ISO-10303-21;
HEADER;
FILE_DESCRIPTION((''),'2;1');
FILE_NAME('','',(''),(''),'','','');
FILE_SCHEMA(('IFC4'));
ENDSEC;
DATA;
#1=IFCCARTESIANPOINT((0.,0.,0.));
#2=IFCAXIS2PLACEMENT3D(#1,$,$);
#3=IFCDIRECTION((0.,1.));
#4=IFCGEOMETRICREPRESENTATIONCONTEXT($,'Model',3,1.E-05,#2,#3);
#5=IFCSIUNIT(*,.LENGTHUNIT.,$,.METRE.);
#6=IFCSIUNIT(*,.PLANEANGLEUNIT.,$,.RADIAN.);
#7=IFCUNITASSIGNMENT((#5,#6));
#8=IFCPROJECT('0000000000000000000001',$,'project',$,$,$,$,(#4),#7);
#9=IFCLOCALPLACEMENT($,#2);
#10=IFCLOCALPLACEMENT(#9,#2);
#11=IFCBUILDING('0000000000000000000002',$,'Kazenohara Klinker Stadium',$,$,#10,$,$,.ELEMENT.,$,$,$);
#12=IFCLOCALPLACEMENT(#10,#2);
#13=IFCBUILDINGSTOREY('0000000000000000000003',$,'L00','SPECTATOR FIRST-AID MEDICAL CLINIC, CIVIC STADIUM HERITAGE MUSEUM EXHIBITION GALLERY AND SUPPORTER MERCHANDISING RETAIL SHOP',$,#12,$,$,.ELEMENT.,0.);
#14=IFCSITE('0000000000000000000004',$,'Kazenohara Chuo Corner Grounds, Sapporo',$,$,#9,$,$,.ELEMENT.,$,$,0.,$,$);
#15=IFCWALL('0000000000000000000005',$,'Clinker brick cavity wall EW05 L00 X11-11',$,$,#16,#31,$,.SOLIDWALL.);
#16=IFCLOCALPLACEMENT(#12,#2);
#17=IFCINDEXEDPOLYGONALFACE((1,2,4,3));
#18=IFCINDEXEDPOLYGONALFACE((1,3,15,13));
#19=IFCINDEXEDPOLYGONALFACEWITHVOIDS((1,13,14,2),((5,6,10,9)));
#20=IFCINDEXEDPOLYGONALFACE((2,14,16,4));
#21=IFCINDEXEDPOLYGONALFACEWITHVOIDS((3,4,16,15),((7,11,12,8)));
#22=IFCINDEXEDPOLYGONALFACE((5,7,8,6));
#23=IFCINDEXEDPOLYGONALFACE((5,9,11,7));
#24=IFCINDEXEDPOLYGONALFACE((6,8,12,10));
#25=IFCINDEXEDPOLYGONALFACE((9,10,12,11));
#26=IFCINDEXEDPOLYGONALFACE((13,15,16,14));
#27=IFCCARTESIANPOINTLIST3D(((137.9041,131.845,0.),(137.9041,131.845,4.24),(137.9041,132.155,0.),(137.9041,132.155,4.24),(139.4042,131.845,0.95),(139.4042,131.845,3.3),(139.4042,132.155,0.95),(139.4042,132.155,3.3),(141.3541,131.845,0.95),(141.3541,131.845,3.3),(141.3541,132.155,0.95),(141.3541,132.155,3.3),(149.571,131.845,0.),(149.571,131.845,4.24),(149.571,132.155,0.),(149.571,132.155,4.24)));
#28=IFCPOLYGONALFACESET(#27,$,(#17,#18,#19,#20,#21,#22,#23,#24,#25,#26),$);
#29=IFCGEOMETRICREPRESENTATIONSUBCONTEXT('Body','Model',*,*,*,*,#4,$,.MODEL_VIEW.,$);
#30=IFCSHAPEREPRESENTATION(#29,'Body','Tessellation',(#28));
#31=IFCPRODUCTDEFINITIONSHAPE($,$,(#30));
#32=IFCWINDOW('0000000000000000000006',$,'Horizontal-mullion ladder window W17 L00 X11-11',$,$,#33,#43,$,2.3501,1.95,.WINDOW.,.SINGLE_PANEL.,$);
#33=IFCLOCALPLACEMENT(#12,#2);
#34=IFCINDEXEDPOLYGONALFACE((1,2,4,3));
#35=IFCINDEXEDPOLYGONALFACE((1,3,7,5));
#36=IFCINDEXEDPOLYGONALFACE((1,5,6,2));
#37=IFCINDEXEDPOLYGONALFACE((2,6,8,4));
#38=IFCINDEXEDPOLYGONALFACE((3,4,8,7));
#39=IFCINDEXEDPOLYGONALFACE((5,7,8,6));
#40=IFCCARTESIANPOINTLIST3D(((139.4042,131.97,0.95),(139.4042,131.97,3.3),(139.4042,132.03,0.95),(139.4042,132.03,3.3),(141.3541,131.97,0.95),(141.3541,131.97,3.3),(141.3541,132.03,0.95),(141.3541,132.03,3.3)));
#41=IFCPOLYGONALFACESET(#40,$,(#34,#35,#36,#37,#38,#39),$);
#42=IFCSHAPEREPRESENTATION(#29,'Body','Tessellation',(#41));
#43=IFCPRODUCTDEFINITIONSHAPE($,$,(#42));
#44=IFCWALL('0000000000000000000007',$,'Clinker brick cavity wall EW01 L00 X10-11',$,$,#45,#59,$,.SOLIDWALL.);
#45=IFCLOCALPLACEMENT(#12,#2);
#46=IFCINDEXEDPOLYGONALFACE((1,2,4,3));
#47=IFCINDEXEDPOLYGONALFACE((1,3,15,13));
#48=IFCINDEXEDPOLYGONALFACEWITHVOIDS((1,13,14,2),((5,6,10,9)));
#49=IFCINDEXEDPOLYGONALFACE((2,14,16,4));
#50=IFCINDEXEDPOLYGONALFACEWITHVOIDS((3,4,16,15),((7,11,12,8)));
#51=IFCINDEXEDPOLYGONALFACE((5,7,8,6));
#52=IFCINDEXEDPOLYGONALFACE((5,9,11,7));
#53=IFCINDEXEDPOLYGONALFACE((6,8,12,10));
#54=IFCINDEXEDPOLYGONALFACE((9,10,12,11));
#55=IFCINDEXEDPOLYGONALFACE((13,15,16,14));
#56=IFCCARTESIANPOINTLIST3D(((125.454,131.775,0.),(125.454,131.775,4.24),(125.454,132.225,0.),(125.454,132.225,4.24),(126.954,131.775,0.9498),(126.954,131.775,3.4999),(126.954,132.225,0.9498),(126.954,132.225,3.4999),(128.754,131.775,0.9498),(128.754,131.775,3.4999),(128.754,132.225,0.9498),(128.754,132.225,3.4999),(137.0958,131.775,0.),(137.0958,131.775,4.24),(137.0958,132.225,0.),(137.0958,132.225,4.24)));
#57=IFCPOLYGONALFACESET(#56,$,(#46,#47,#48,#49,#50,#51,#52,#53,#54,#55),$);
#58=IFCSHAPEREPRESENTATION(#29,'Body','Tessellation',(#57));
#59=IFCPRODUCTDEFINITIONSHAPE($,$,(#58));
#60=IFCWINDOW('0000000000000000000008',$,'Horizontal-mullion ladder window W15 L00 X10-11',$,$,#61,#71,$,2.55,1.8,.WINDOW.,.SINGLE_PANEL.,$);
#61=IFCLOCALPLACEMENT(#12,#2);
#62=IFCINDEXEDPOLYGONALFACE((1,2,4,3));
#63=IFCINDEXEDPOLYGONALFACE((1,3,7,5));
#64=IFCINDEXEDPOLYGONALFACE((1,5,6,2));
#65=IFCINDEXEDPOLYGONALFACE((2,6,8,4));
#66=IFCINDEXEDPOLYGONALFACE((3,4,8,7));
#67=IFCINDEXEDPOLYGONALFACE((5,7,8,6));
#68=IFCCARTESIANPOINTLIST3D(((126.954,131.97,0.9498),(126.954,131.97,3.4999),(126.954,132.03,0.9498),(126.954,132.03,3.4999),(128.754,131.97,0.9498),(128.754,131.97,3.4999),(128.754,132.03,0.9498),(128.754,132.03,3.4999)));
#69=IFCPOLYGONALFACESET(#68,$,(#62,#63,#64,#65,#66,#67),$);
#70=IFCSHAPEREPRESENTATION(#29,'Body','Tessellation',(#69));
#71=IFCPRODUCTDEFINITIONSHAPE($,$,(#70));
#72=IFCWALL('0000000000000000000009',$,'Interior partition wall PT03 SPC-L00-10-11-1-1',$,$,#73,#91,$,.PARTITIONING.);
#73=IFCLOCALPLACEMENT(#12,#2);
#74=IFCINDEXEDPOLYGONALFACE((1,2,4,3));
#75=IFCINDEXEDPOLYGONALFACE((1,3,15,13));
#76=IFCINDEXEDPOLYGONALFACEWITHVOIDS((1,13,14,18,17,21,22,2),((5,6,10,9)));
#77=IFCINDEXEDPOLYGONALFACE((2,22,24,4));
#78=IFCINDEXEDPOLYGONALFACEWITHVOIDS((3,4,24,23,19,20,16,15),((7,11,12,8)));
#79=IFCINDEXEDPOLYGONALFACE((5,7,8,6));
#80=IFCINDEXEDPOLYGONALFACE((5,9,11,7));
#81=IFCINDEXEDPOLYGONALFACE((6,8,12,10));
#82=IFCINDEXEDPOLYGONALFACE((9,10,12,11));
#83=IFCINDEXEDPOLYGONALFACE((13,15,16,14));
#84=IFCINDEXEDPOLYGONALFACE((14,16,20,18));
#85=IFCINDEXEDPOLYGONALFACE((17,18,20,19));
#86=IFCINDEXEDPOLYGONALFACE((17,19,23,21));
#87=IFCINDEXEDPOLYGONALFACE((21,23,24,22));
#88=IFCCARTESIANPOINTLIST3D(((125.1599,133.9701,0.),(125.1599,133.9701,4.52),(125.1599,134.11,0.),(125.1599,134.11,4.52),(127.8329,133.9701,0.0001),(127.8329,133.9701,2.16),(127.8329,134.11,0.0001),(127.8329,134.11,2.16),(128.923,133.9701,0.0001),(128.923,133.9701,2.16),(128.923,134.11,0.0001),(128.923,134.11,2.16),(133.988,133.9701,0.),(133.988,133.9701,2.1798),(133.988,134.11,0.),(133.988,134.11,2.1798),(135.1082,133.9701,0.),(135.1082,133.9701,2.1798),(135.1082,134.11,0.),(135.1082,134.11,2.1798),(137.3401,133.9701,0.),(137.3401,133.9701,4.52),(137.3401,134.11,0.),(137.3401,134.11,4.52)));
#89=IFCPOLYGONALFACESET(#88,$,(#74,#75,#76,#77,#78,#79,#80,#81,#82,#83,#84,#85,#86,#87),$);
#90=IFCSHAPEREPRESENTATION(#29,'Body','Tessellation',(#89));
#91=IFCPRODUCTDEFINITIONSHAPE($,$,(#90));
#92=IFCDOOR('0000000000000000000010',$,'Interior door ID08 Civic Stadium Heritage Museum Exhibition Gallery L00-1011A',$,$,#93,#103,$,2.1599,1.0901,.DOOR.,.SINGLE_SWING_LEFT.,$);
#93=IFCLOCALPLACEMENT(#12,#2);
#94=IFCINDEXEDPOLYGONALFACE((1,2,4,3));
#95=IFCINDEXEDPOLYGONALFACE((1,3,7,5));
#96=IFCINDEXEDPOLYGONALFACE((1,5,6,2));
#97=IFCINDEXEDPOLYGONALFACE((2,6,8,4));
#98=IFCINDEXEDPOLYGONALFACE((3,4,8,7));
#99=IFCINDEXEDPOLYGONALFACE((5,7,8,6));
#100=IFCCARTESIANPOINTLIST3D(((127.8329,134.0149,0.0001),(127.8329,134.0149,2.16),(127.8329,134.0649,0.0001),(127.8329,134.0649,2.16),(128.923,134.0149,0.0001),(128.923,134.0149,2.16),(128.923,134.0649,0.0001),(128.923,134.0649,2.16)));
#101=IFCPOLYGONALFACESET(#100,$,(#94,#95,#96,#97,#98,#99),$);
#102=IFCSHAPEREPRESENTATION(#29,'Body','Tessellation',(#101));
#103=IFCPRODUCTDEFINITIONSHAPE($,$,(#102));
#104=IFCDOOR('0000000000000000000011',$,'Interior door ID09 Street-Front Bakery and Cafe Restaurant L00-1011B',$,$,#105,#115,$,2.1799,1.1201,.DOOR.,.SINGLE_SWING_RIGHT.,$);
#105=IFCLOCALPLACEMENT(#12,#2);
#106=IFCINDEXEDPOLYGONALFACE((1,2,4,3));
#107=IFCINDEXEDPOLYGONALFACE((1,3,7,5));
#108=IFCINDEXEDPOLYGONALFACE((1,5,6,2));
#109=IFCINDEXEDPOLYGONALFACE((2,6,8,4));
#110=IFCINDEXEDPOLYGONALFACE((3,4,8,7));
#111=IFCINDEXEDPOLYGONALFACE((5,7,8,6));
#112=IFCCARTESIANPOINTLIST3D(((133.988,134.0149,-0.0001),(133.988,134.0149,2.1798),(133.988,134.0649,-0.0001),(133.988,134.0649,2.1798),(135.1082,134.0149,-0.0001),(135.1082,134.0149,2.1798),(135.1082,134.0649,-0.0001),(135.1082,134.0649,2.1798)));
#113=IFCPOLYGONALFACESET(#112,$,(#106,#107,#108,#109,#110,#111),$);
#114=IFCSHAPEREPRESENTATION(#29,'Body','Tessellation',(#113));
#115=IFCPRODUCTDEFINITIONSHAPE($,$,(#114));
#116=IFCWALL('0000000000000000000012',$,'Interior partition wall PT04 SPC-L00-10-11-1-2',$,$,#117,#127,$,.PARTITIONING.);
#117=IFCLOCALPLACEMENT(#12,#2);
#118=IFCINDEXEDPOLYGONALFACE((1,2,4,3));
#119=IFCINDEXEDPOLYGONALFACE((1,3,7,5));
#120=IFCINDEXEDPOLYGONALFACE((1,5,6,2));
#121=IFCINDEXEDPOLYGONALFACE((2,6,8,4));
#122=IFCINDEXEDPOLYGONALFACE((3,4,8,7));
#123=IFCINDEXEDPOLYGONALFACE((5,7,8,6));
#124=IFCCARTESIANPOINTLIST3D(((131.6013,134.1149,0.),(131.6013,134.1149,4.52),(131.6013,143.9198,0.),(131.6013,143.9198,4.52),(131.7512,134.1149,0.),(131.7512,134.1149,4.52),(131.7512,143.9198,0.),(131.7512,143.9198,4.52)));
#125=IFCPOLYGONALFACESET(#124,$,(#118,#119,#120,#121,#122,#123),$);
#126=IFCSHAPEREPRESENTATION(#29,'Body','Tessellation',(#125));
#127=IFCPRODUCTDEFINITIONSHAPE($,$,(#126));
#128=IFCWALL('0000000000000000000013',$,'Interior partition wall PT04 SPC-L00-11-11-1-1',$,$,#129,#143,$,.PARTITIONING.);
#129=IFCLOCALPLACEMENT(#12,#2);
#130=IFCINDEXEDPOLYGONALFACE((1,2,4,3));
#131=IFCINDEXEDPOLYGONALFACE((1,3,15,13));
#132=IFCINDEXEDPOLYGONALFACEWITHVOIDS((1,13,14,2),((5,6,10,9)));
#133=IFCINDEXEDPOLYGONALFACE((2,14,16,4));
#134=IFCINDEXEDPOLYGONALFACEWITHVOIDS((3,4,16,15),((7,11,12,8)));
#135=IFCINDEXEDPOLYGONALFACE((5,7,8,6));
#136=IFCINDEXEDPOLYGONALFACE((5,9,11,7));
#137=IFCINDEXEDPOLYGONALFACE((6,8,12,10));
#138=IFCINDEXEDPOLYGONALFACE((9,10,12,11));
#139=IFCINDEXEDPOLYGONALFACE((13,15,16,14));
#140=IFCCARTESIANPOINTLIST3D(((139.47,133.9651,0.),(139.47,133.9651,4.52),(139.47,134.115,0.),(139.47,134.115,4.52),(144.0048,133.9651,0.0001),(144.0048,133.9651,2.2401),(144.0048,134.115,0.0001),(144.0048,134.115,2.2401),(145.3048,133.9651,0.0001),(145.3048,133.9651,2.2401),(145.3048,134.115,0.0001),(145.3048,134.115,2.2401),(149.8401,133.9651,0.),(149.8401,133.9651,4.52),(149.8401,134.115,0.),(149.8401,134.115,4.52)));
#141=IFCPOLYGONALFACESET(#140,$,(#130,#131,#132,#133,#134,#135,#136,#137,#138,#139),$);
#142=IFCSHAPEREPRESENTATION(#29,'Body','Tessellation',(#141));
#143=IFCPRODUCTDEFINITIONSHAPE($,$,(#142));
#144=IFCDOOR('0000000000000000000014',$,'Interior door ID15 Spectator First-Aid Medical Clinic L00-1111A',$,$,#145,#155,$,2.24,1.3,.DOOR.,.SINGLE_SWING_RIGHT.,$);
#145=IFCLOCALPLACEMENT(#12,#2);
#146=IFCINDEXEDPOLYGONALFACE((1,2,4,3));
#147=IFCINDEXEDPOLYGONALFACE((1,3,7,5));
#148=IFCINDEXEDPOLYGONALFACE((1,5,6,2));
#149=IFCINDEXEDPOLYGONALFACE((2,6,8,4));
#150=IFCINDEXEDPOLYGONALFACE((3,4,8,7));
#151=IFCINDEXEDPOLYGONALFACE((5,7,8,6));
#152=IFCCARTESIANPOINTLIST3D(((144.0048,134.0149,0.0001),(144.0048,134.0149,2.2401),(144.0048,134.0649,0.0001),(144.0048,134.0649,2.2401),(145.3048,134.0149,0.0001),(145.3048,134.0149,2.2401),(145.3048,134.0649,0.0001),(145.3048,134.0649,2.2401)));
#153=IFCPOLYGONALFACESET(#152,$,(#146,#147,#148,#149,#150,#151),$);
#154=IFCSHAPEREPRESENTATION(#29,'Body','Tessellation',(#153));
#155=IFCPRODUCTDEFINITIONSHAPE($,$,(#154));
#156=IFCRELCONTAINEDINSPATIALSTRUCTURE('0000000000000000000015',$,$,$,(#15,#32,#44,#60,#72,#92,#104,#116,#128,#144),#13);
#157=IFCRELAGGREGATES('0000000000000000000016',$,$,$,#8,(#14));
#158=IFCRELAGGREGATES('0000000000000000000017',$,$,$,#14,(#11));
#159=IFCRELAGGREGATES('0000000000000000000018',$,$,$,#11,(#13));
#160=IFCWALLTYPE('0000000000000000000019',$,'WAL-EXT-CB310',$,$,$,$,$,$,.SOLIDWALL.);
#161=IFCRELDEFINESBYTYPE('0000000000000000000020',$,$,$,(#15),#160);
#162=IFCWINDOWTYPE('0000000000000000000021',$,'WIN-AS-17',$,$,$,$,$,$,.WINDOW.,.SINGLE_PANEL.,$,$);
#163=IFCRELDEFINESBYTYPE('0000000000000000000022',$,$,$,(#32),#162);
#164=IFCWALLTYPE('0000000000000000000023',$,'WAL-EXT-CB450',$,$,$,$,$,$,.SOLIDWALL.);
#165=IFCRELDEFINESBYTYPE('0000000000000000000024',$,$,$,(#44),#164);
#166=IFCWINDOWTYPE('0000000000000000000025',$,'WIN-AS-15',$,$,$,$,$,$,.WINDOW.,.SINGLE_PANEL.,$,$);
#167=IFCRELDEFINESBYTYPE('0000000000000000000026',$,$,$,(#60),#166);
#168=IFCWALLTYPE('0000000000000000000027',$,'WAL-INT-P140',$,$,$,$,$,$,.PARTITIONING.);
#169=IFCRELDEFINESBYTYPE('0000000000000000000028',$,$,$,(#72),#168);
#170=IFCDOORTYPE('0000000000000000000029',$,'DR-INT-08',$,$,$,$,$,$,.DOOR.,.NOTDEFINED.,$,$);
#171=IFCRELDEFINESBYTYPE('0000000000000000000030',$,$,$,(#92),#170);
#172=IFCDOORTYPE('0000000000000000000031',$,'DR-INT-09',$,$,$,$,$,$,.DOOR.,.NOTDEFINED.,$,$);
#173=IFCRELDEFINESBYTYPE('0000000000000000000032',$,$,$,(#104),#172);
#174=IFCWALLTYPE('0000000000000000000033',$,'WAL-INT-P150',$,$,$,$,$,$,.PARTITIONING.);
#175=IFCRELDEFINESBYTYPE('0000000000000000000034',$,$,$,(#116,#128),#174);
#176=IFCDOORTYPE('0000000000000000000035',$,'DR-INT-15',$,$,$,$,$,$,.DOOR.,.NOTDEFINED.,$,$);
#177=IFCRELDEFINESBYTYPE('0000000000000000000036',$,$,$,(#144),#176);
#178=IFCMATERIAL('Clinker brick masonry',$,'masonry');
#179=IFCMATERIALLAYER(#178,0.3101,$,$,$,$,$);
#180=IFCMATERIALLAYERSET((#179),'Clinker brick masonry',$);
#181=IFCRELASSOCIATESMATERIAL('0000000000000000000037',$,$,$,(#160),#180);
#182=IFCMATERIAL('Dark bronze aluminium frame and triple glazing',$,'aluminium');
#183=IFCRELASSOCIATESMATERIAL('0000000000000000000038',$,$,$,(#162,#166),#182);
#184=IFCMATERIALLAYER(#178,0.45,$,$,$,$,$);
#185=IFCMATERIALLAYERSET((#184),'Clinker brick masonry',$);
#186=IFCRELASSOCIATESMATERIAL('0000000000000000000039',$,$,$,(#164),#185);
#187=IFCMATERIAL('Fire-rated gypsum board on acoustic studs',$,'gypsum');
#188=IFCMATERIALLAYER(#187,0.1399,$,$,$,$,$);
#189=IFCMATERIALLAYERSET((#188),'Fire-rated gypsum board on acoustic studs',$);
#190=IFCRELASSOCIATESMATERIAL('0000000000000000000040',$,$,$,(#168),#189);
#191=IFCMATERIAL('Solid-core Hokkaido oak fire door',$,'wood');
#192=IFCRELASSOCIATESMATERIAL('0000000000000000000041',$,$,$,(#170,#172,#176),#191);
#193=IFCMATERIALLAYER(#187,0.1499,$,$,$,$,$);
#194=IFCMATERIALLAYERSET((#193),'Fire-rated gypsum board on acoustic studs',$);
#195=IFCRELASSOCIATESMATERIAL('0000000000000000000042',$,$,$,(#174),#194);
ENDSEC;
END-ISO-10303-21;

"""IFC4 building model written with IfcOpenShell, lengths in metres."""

from ifc_helpers import new_model, si_unit, direction, frame, frame_2d, origin, place, context, subcontext, project, spatial, rectangle, extrude, material, layer, layer_set, type_object, element, fill, save


model = new_model("IFC4")

# Units and contexts
model_context = context("Model", 3, precision=1e-05, world=origin(), true_north=direction((0.0, 1.0)))
body_context = subcontext(model_context, "Body", "Model", "MODEL_VIEW")
ifc_project = project(units=[si_unit("LENGTHUNIT", "METRE"), si_unit("PLANEANGLEUNIT", "RADIAN")], contexts=[model_context])

# Site, building, storey
site_placement = place(None, origin())
site = spatial("IfcSite", under=ifc_project, at=site_placement, Name="Kazenohara Chuo Corner Grounds, Sapporo", CompositionType="ELEMENT", RefElevation=0.0)
building_placement = place(site_placement, origin())
building = spatial("IfcBuilding", under=site, at=building_placement, Name="Kazenohara Klinker Stadium", CompositionType="ELEMENT")
storey_placement = place(building_placement, origin())
storey = spatial("IfcBuildingStorey", under=building, at=storey_placement, Name="L00", Description="SPECTATOR FIRST-AID MEDICAL CLINIC, CIVIC STADIUM HERITAGE MUSEUM EXHIBITION GALLERY AND SUPPORTER MERCHANDISING RETAIL SHOP", CompositionType="ELEMENT", Elevation=0.0)

# Walls, openings, windows
ifc_material_1 = material(Name="Clinker brick masonry", Category="masonry")
ifc_layer_1 = layer(ifc_material_1, 0.3101)
ifc_layer_set_1 = layer_set([ifc_layer_1], Name="Clinker brick masonry")
wall_type_1 = type_object("IfcWallType", Name="WAL-EXT-CB310", PredefinedType="SOLIDWALL", material=ifc_layer_set_1)
wall_1_placement = place(storey_placement, frame((137.9041, 132.0, 0.0), z_axis=(0.0, 0.0, 1.0), x_axis=(1.0, 0.0, 0.0)))
wall_1 = element("IfcWall", 1, at=wall_1_placement, inside=storey, type_object=wall_type_1, Name="Clinker brick cavity wall EW05 L00 X11-11", PredefinedType="SOLIDWALL", context=body_context, shape_type="SweptSolid", body=[
    extrude(rectangle(XDim=11.667, YDim=0.3101, at=frame_2d((5.8335, 0.0))), origin(), (0.0, 0.0, 1.0), 4.24),
])
opening_1_placement = place(wall_1_placement, frame((1.5, 0.0, 0.95)))
opening_1 = element("IfcOpeningElement", 2, at=opening_1_placement, cuts=wall_1, PredefinedType="OPENING", context=body_context, shape_type="SweptSolid", body=[
    extrude(rectangle(XDim=1.95, YDim=2.3501, at=frame_2d((0.9751, 1.175))), frame((0.0, 0.165, 0.0), z_axis=(0.0, -1.0, 0.0), x_axis=(1.0, 0.0, 0.0)), (0.0, 0.0, 1.0), 0.3301),
])
ifc_material_2 = material(Name="Dark bronze aluminium frame and triple glazing", Category="aluminium")
window_type_1 = type_object("IfcWindowType", Name="WIN-AS-17", PartitioningType="SINGLE_PANEL", PredefinedType="WINDOW", material=ifc_material_2)
window_1_placement = place(opening_1_placement, origin())
window_1 = element("IfcWindow", 3, at=window_1_placement, inside=storey, type_object=window_type_1, Name="Horizontal-mullion ladder window W17 L00 X11-11", OverallHeight=2.3501, OverallWidth=1.95, PartitioningType="SINGLE_PANEL", PredefinedType="WINDOW", context=body_context, shape_type="SweptSolid", body=[
    extrude(rectangle(XDim=1.95, YDim=2.3501, at=frame_2d((0.9751, 1.175))), frame((0.0, 0.03, 0.0), z_axis=(0.0, -1.0, 0.0), x_axis=(1.0, 0.0, 0.0)), (0.0, 0.0, 1.0), 0.0601),
])
fill(opening_1, window_1)
ifc_layer_2 = layer(ifc_material_1, 0.45)
ifc_layer_set_2 = layer_set([ifc_layer_2], Name="Clinker brick masonry")
wall_type_2 = type_object("IfcWallType", Name="WAL-EXT-CB450", PredefinedType="SOLIDWALL", material=ifc_layer_set_2)
wall_2_placement = place(storey_placement, frame((125.4541, 132.0, 0.0), z_axis=(0.0, 0.0, 1.0), x_axis=(1.0, 0.0, 0.0)))
wall_2 = element("IfcWall", 4, at=wall_2_placement, inside=storey, type_object=wall_type_2, Name="Clinker brick cavity wall EW01 L00 X10-11", PredefinedType="SOLIDWALL", context=body_context, shape_type="SweptSolid", body=[
    extrude(rectangle(XDim=11.6418, YDim=0.45, at=frame_2d((5.8208, 0.0))), origin(), (0.0, 0.0, 1.0), 4.24),
])
opening_2_placement = place(wall_2_placement, frame((1.5, 0.0, 0.95)))
opening_2 = element("IfcOpeningElement", 5, at=opening_2_placement, cuts=wall_2, PredefinedType="OPENING", context=body_context, shape_type="SweptSolid", body=[
    extrude(rectangle(XDim=1.8, YDim=2.55, at=frame_2d((0.8999, 1.2749))), frame((0.0, 0.2349, 0.0), z_axis=(0.0, -1.0, 0.0), x_axis=(1.0, 0.0, 0.0)), (0.0, 0.0, 1.0), 0.47),
])
window_type_2 = type_object("IfcWindowType", Name="WIN-AS-15", PartitioningType="SINGLE_PANEL", PredefinedType="WINDOW", material=ifc_material_2)
window_2_placement = place(opening_2_placement, origin())
window_2 = element("IfcWindow", 6, at=window_2_placement, inside=storey, type_object=window_type_2, Name="Horizontal-mullion ladder window W15 L00 X10-11", OverallHeight=2.55, OverallWidth=1.8, PartitioningType="SINGLE_PANEL", PredefinedType="WINDOW", context=body_context, shape_type="SweptSolid", body=[
    extrude(rectangle(XDim=1.8, YDim=2.55, at=frame_2d((0.8999, 1.2749))), frame((0.0, 0.03, 0.0), z_axis=(0.0, -1.0, 0.0), x_axis=(1.0, 0.0, 0.0)), (0.0, 0.0, 1.0), 0.0601),
])
fill(opening_2, window_2)

# Wall, openings, doors
ifc_material_3 = material(Name="Fire-rated gypsum board on acoustic studs", Category="gypsum")
ifc_layer_3 = layer(ifc_material_3, 0.1399)
ifc_layer_set_3 = layer_set([ifc_layer_3], Name="Fire-rated gypsum board on acoustic studs")
wall_type_3 = type_object("IfcWallType", Name="WAL-INT-P140", PredefinedType="PARTITIONING", material=ifc_layer_set_3)
wall_3_placement = place(storey_placement, frame((125.1599, 134.04, 0.0), z_axis=(0.0, 0.0, 1.0), x_axis=(1.0, 0.0, 0.0)))
wall_3 = element("IfcWall", 7, at=wall_3_placement, inside=storey, type_object=wall_type_3, Name="Interior partition wall PT03 SPC-L00-10-11-1-1", PredefinedType="PARTITIONING", context=body_context, shape_type="SweptSolid", body=[
    extrude(rectangle(XDim=12.1802, YDim=0.1399, at=frame_2d((6.0901, 0.0))), origin(), (0.0, 0.0, 1.0), 4.52),
])
opening_3_placement = place(wall_3_placement, frame((2.6731, 0.0, 0.0)))
opening_3 = element("IfcOpeningElement", 8, at=opening_3_placement, cuts=wall_3, PredefinedType="OPENING", context=body_context, shape_type="SweptSolid", body=[
    extrude(rectangle(XDim=1.0901, YDim=2.1599, at=frame_2d((0.5449, 1.0801))), frame((0.0, 0.0801, 0.0), z_axis=(0.0, -1.0, 0.0), x_axis=(1.0, 0.0, 0.0)), (0.0, 0.0, 1.0), 0.1599),
])
opening_4_placement = place(wall_3_placement, frame((8.8281, 0.0, 0.0)))
opening_4 = element("IfcOpeningElement", 9, at=opening_4_placement, cuts=wall_3, PredefinedType="OPENING", context=body_context, shape_type="SweptSolid", body=[
    extrude(rectangle(XDim=1.1201, YDim=2.1799, at=frame_2d((0.5601, 1.0898))), frame((0.0, 0.0801, 0.0), z_axis=(0.0, -1.0, 0.0), x_axis=(1.0, 0.0, 0.0)), (0.0, 0.0, 1.0), 0.1599),
])
ifc_material_4 = material(Name="Solid-core Hokkaido oak fire door", Category="wood")
door_type_1 = type_object("IfcDoorType", Name="DR-INT-08", OperationType="NOTDEFINED", PredefinedType="DOOR", material=ifc_material_4)
door_1_placement = place(opening_3_placement, origin())
door_1 = element("IfcDoor", 10, at=door_1_placement, inside=storey, type_object=door_type_1, Name="Interior door ID08 Civic Stadium Heritage Museum Exhibition Gallery L00-1011A", OperationType="SINGLE_SWING_LEFT", OverallHeight=2.1599, OverallWidth=1.0901, PredefinedType="DOOR", context=body_context, shape_type="SweptSolid", body=[
    extrude(rectangle(XDim=1.0901, YDim=2.1599, at=frame_2d((0.5449, 1.0801))), frame((0.0, 0.0249, 0.0), z_axis=(0.0, -1.0, 0.0), x_axis=(1.0, 0.0, 0.0)), (0.0, 0.0, 1.0), 0.05),
])
fill(opening_3, door_1)
door_type_2 = type_object("IfcDoorType", Name="DR-INT-09", OperationType="NOTDEFINED", PredefinedType="DOOR", material=ifc_material_4)
door_2_placement = place(opening_4_placement, origin())
door_2 = element("IfcDoor", 11, at=door_2_placement, inside=storey, type_object=door_type_2, Name="Interior door ID09 Street-Front Bakery and Cafe Restaurant L00-1011B", OperationType="SINGLE_SWING_RIGHT", OverallHeight=2.1799, OverallWidth=1.1201, PredefinedType="DOOR", context=body_context, shape_type="SweptSolid", body=[
    extrude(rectangle(XDim=1.1201, YDim=2.1799, at=frame_2d((0.5601, 1.0898))), frame((0.0, 0.0249, 0.0), z_axis=(0.0, -1.0, 0.0), x_axis=(1.0, 0.0, 0.0)), (0.0, 0.0, 1.0), 0.05),
])
fill(opening_4, door_2)

# Wall
ifc_layer_4 = layer(ifc_material_3, 0.1499)
ifc_layer_set_4 = layer_set([ifc_layer_4], Name="Fire-rated gypsum board on acoustic studs")
wall_type_4 = type_object("IfcWallType", Name="WAL-INT-P150", PredefinedType="PARTITIONING", material=ifc_layer_set_4)
wall_4_placement = place(storey_placement, frame((131.6763, 134.115, 0.0), z_axis=(0.0, 0.0, 1.0), x_axis=(0.0, 1.0, 0.0)))
element("IfcWall", 12, at=wall_4_placement, inside=storey, type_object=wall_type_4, Name="Interior partition wall PT04 SPC-L00-10-11-1-2", PredefinedType="PARTITIONING", context=body_context, shape_type="SweptSolid", body=[
    extrude(rectangle(XDim=9.8049, YDim=0.1499, at=frame_2d((4.9023, 0.0))), origin(), (0.0, 0.0, 1.0), 4.52),
])

# Wall, opening, door
wall_5_placement = place(storey_placement, frame((139.47, 134.04, 0.0), z_axis=(0.0, 0.0, 1.0), x_axis=(1.0, 0.0, 0.0)))
wall_5 = element("IfcWall", 13, at=wall_5_placement, inside=storey, type_object=wall_type_4, Name="Interior partition wall PT04 SPC-L00-11-11-1-1", PredefinedType="PARTITIONING", context=body_context, shape_type="SweptSolid", body=[
    extrude(rectangle(XDim=10.3701, YDim=0.1499, at=frame_2d((5.1851, 0.0))), origin(), (0.0, 0.0, 1.0), 4.52),
])
opening_5_placement = place(wall_5_placement, frame((4.5349, 0.0, 0.0)))
opening_5 = element("IfcOpeningElement", 14, at=opening_5_placement, cuts=wall_5, PredefinedType="OPENING", context=body_context, shape_type="SweptSolid", body=[
    extrude(rectangle(XDim=1.3, YDim=2.24, at=frame_2d((0.6499, 1.1201))), frame((0.0, 0.085, 0.0), z_axis=(0.0, -1.0, 0.0), x_axis=(1.0, 0.0, 0.0)), (0.0, 0.0, 1.0), 0.1699),
])
door_type_3 = type_object("IfcDoorType", Name="DR-INT-15", OperationType="NOTDEFINED", PredefinedType="DOOR", material=ifc_material_4)
door_3_placement = place(opening_5_placement, origin())
door_3 = element("IfcDoor", 15, at=door_3_placement, inside=storey, type_object=door_type_3, Name="Interior door ID15 Spectator First-Aid Medical Clinic L00-1111A", OperationType="SINGLE_SWING_RIGHT", OverallHeight=2.24, OverallWidth=1.3, PredefinedType="DOOR", context=body_context, shape_type="SweptSolid", body=[
    extrude(rectangle(XDim=1.3, YDim=2.24, at=frame_2d((0.6499, 1.1201))), frame((0.0, 0.0249, 0.0), z_axis=(0.0, -1.0, 0.0), x_axis=(1.0, 0.0, 0.0)), (0.0, 0.0, 1.0), 0.05),
])
fill(opening_5, door_3)

save(model, "model.ifc")
